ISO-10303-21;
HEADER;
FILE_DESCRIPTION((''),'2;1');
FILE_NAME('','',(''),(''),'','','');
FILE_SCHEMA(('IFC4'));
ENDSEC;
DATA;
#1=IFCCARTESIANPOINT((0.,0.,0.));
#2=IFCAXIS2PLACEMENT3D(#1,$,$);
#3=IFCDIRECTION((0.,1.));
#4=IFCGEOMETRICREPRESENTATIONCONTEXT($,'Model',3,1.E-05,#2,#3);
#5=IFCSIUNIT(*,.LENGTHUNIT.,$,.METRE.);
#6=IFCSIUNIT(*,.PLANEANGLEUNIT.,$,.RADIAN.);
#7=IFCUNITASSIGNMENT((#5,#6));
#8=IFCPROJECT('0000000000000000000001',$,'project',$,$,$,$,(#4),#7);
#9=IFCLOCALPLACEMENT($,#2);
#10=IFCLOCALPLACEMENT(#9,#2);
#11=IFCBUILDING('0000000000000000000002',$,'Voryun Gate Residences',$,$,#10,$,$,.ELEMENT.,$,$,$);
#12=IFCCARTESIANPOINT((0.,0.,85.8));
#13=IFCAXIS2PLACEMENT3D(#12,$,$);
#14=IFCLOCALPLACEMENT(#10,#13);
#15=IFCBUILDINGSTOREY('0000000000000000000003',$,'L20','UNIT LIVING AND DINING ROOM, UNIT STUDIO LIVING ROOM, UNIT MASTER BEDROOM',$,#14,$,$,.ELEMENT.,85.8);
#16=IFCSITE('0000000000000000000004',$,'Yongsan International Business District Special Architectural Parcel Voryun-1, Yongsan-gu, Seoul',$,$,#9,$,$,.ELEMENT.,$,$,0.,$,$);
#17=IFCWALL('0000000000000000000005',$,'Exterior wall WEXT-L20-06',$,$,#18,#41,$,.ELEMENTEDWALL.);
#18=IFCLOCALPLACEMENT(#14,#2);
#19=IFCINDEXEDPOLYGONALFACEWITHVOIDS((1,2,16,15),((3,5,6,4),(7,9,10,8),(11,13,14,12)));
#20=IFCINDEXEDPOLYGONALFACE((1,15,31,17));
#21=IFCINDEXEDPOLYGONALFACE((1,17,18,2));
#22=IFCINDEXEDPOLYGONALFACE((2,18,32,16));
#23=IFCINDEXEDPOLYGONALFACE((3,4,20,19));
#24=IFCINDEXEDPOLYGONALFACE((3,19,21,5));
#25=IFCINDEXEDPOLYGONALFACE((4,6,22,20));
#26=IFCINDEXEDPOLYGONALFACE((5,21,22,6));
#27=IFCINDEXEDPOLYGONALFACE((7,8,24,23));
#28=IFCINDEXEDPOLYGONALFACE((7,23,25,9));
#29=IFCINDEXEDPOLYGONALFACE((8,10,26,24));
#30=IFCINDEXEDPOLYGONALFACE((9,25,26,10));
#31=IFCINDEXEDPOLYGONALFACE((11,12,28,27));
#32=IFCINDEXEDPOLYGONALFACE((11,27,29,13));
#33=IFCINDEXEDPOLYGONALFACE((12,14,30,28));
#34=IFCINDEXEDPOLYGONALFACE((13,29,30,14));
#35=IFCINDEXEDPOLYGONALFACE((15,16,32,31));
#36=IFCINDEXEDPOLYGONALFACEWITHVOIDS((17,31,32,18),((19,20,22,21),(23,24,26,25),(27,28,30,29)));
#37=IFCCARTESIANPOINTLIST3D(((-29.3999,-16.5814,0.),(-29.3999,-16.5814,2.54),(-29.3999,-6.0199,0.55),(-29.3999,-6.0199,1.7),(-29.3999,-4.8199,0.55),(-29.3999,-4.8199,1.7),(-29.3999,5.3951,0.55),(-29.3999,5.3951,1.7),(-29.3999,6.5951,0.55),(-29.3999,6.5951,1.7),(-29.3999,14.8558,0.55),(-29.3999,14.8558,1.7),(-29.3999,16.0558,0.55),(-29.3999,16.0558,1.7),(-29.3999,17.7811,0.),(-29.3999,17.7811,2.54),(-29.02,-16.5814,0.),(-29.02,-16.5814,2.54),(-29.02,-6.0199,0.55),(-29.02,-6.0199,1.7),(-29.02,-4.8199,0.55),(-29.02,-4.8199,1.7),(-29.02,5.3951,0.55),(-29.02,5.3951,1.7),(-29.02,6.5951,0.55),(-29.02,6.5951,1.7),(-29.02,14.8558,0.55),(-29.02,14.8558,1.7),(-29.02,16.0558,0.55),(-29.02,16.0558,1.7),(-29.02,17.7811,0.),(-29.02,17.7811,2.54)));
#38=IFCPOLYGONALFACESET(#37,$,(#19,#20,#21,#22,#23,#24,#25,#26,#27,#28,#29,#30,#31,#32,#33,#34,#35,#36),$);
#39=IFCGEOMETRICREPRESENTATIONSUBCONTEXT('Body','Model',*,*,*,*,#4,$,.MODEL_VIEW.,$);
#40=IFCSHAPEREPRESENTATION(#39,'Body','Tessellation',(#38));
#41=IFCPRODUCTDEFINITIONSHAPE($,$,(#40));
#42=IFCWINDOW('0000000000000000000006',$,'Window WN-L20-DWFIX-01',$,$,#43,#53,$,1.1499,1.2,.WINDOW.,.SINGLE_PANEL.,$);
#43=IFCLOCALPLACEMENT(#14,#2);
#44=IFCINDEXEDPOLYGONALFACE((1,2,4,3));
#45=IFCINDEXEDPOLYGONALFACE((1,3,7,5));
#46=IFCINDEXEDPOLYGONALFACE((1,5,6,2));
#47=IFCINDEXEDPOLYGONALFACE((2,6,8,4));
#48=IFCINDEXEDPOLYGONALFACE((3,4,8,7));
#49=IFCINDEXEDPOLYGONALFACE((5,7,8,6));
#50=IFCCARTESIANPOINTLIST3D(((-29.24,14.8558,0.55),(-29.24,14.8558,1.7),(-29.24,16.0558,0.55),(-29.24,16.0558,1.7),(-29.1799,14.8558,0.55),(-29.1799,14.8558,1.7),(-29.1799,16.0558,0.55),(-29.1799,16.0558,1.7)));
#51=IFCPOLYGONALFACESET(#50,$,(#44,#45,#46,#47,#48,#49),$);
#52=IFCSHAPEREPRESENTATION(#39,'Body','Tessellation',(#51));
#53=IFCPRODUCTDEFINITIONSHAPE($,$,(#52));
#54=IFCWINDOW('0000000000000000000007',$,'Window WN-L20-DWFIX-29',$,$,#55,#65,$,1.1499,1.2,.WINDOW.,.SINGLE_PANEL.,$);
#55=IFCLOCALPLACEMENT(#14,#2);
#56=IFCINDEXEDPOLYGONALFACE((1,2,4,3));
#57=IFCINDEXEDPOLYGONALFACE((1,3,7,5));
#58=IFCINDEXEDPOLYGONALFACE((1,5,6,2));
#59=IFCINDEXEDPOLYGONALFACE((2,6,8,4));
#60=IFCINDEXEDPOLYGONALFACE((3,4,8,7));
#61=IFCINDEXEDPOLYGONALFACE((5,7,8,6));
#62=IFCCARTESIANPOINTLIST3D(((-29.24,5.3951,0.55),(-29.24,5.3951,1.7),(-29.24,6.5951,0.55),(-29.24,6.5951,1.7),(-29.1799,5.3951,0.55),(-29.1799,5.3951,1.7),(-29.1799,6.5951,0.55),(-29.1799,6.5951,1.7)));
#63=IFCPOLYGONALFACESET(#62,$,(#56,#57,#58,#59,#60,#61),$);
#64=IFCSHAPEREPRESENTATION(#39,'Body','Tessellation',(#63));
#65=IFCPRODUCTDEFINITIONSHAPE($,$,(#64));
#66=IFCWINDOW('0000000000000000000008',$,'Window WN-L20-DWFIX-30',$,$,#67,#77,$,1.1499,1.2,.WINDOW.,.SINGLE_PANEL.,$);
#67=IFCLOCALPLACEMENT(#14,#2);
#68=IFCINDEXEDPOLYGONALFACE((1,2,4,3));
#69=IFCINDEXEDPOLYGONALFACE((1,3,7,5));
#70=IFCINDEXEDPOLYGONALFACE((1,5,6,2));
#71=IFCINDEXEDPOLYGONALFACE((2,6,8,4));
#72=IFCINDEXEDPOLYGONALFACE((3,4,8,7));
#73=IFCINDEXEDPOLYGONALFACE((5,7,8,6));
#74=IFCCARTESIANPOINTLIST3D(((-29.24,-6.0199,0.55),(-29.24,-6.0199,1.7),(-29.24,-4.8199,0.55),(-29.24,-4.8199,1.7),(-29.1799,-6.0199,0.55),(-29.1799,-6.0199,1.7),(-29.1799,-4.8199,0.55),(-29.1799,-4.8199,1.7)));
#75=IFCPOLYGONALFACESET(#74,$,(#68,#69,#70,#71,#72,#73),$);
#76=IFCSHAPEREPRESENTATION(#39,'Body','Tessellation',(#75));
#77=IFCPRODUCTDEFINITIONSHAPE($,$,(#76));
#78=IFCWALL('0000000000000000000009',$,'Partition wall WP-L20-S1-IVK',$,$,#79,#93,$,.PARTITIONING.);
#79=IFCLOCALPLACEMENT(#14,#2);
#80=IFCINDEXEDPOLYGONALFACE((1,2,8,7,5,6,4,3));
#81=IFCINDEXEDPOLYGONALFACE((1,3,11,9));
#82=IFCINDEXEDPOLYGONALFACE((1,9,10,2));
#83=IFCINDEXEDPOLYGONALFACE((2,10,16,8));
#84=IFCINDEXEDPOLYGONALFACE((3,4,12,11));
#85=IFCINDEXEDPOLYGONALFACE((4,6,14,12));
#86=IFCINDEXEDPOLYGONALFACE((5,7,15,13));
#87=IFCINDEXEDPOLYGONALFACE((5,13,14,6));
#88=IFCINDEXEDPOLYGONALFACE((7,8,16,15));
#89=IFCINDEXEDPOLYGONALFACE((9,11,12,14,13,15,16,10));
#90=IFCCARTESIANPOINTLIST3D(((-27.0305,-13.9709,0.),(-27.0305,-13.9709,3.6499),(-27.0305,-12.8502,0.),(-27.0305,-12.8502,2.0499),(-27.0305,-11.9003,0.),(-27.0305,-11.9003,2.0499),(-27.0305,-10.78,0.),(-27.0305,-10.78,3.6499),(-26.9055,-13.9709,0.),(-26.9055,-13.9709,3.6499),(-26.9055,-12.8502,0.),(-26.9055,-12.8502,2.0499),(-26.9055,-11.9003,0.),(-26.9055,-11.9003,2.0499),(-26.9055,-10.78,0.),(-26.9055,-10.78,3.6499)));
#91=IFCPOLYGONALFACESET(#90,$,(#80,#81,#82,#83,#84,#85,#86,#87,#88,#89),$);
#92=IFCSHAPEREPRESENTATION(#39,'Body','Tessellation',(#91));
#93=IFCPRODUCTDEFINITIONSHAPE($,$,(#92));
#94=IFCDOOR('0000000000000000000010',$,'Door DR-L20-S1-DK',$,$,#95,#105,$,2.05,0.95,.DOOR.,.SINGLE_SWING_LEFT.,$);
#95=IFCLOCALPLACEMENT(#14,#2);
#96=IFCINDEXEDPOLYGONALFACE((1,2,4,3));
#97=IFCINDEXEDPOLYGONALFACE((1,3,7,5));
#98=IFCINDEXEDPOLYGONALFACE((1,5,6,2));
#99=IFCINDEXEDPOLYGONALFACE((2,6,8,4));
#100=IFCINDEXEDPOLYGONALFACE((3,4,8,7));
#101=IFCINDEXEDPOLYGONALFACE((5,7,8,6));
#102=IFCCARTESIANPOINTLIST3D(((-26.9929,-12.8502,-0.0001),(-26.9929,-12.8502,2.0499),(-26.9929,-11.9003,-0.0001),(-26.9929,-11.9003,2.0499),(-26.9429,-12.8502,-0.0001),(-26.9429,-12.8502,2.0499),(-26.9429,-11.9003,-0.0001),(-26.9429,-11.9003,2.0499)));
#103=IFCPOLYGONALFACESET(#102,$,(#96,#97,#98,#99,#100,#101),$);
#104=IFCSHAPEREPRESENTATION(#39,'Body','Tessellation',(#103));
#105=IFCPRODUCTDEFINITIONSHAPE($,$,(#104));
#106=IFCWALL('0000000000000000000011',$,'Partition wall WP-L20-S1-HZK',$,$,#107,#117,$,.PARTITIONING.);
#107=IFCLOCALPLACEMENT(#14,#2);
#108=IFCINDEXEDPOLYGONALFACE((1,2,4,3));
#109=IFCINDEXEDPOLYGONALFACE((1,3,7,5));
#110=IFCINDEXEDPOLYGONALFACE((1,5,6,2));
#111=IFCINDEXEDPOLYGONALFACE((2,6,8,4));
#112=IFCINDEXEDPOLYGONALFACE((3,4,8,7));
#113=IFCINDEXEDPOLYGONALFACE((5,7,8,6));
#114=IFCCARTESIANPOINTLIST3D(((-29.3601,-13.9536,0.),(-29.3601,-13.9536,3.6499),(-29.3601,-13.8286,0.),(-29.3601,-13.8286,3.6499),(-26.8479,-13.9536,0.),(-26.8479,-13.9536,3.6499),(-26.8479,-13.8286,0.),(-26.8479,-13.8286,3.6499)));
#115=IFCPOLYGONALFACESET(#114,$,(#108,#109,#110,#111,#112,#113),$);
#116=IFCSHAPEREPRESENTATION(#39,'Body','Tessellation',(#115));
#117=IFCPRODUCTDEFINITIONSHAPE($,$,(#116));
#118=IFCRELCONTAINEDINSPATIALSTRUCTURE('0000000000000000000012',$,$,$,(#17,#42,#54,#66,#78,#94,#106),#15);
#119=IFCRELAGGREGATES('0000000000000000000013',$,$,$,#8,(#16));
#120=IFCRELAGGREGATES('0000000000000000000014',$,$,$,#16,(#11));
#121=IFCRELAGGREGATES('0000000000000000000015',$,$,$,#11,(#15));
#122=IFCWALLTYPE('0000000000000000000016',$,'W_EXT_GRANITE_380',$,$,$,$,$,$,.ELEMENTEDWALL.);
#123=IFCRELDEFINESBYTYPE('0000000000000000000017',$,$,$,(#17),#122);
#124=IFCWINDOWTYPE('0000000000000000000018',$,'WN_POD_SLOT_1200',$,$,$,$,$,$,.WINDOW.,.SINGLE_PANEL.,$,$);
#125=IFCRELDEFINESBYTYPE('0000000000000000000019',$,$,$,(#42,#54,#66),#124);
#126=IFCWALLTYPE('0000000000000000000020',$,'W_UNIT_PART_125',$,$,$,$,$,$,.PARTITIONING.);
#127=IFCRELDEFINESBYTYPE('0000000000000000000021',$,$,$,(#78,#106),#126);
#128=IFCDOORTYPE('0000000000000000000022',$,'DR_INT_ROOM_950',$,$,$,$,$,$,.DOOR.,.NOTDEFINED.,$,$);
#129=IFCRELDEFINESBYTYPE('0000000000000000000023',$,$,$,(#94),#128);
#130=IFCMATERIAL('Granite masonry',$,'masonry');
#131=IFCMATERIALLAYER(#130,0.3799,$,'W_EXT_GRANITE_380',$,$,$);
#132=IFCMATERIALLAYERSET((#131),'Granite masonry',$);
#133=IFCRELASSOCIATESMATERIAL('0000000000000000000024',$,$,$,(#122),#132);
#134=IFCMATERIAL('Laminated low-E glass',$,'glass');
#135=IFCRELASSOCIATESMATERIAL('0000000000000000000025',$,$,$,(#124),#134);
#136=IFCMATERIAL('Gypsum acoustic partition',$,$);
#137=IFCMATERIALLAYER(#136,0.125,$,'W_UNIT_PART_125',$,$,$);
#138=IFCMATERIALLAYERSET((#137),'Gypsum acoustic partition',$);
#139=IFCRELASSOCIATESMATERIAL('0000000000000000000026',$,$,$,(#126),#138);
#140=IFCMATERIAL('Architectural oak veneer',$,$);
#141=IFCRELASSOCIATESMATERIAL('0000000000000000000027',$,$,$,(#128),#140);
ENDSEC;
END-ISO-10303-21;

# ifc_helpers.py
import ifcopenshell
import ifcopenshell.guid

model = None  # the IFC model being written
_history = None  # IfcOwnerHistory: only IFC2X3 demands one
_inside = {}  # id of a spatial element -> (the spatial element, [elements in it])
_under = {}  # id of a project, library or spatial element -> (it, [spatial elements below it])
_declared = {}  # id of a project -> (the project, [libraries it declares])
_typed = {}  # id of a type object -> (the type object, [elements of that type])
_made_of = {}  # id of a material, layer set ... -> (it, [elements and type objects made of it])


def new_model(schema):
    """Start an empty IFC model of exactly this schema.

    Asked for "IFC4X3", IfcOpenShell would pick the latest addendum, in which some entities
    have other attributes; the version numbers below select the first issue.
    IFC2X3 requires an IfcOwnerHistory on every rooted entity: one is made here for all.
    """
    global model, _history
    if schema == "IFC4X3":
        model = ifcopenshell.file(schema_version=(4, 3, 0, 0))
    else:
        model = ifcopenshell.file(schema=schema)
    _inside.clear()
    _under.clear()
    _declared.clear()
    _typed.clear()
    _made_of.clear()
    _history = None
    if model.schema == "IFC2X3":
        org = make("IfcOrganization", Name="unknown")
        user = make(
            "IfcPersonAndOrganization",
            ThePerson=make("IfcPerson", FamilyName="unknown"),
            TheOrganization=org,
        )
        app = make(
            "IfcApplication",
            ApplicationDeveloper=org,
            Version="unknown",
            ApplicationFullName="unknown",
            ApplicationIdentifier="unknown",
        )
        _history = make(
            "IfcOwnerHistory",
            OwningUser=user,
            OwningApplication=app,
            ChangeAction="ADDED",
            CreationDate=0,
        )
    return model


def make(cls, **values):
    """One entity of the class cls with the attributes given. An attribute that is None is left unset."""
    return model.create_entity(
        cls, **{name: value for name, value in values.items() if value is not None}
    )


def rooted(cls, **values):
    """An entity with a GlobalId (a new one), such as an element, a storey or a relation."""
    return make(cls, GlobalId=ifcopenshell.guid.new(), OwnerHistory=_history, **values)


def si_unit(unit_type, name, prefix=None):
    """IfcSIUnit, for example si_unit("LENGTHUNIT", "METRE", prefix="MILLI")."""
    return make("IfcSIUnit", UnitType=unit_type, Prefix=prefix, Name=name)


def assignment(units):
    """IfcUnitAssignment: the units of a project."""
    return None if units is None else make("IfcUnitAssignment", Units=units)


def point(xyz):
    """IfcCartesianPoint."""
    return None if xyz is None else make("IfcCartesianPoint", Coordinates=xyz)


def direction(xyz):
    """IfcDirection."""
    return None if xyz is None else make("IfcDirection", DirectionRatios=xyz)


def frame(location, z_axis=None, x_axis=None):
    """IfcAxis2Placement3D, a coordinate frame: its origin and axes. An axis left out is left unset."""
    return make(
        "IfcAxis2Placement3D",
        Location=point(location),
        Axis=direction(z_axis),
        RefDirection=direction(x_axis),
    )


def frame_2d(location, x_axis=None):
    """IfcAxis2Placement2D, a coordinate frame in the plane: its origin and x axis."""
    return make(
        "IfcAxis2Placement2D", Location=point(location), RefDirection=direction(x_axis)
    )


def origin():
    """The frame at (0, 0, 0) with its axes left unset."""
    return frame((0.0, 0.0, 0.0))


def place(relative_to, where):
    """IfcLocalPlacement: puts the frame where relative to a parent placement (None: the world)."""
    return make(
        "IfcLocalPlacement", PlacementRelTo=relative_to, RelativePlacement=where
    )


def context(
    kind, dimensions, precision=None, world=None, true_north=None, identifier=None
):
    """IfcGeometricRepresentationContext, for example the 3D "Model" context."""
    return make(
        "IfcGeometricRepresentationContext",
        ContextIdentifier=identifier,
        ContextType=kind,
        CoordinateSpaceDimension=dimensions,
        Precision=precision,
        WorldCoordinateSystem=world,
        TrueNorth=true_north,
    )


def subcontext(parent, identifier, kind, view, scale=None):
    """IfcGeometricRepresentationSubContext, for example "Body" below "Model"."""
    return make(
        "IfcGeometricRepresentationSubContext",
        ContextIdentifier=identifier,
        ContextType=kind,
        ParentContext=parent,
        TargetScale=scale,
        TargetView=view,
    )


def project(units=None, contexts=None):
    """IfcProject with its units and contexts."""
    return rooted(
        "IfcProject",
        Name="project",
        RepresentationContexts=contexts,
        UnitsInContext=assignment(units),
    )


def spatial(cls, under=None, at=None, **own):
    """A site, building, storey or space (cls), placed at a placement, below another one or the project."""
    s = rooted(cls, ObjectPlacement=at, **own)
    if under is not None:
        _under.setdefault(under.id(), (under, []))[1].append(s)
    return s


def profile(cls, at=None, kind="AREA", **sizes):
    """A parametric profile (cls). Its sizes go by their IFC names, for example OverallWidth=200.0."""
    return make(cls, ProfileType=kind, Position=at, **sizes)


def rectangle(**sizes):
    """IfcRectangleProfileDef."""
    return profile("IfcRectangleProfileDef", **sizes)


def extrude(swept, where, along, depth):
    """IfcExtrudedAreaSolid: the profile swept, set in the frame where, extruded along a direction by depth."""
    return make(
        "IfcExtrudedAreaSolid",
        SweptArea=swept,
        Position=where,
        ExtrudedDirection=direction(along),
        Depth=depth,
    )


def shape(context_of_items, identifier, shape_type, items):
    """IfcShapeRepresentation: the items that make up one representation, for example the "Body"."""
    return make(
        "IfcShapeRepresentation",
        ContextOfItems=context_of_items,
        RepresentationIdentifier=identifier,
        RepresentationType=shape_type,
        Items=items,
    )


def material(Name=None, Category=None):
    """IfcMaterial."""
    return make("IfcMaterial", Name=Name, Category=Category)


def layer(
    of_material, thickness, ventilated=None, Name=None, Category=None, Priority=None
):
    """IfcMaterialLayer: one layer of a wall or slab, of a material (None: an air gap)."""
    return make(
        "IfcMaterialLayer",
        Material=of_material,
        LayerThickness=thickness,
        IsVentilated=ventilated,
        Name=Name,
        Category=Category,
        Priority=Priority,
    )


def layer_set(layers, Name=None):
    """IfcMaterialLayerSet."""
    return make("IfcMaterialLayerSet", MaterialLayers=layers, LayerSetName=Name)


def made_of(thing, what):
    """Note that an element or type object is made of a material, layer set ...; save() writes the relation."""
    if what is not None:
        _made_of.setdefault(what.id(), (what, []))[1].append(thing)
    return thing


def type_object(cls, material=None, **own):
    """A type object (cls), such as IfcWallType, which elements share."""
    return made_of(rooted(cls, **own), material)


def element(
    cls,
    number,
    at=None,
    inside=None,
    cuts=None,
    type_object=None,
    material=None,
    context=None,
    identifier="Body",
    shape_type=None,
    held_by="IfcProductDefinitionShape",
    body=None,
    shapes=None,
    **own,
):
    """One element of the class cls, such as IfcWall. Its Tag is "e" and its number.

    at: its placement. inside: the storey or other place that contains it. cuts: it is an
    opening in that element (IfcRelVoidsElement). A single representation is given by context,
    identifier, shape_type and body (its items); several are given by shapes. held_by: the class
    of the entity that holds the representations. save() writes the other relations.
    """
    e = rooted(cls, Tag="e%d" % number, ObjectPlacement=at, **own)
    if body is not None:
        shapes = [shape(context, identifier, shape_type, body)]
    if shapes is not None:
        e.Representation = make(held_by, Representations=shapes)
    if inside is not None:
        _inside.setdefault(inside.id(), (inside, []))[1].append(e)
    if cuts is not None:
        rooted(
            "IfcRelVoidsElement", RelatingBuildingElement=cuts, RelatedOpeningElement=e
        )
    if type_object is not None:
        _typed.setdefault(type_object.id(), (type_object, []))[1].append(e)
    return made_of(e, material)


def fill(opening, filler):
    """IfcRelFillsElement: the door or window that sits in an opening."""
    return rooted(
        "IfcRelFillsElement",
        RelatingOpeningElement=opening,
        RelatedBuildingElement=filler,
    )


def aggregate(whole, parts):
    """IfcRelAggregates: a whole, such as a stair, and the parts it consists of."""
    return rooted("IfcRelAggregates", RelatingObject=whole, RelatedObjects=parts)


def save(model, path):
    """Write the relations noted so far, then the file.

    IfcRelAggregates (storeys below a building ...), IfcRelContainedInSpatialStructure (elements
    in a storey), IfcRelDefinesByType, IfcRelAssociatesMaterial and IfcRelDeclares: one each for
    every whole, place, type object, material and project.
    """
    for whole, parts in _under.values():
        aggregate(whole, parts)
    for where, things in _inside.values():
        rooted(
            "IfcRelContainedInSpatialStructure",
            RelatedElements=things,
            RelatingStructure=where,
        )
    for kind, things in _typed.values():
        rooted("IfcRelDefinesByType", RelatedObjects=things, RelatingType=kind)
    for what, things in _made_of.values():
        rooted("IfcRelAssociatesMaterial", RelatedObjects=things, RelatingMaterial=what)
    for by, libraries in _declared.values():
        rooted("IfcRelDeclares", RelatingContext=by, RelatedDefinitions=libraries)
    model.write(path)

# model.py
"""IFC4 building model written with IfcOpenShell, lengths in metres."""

from ifc_helpers import new_model, si_unit, direction, frame, frame_2d, origin, place, context, subcontext, project, spatial, rectangle, extrude, material, layer, layer_set, type_object, element, fill, save


model = new_model("IFC4")

# Units and contexts
model_context = context("Model", 3, precision=1e-05, world=origin(), true_north=direction((0.0, 1.0)))
body_context = subcontext(model_context, "Body", "Model", "MODEL_VIEW")
ifc_project = project(units=[si_unit("LENGTHUNIT", "METRE"), si_unit("PLANEANGLEUNIT", "RADIAN")], contexts=[model_context])

# Site, building, storey
site_placement = place(None, origin())
site = spatial("IfcSite", under=ifc_project, at=site_placement, Name="Yongsan International Business District Special Architectural Parcel Voryun-1, Yongsan-gu, Seoul", CompositionType="ELEMENT", RefElevation=0.0)
building_placement = place(site_placement, origin())
building = spatial("IfcBuilding", under=site, at=building_placement, Name="Voryun Gate Residences", CompositionType="ELEMENT")
storey_placement = place(building_placement, frame((0.0, 0.0, 85.8)))
storey = spatial("IfcBuildingStorey", under=building, at=storey_placement, Name="L20", Description="UNIT LIVING AND DINING ROOM, UNIT STUDIO LIVING ROOM, UNIT MASTER BEDROOM", CompositionType="ELEMENT", Elevation=85.8)

# Shared definitions
ifc_material_1 = material(Name="Granite masonry", Category="masonry")
ifc_layer_1 = layer(ifc_material_1, 0.3799, Name="W_EXT_GRANITE_380")
ifc_layer_set_1 = layer_set([ifc_layer_1], Name="Granite masonry")
wall_type_1 = type_object("IfcWallType", Name="W_EXT_GRANITE_380", PredefinedType="ELEMENTEDWALL", material=ifc_layer_set_1)

# Wall, openings, windows
wall_1_placement = place(storey_placement, frame((-29.21, -16.5813, 0.0), z_axis=(0.0, 0.0, 1.0), x_axis=(0.0, 1.0, 0.0)))
wall_1 = element("IfcWall", 1, at=wall_1_placement, inside=storey, type_object=wall_type_1, Name="Exterior wall WEXT-L20-06", PredefinedType="ELEMENTEDWALL", context=body_context, shape_type="SweptSolid", body=[
    extrude(rectangle(XDim=34.3625, YDim=0.3799, at=frame_2d((17.1812, 0.0))), origin(), (0.0, 0.0, 1.0), 2.54),
])
opening_1_placement = place(wall_1_placement, frame((31.437, 0.0, 0.55)))
opening_1 = element("IfcOpeningElement", 2, at=opening_1_placement, cuts=wall_1, PredefinedType="OPENING", context=body_context, shape_type="SweptSolid", body=[
    extrude(rectangle(XDim=1.2, YDim=1.1499, at=frame_2d((0.6001, 0.575))), frame((0.0, 0.2, 0.0), z_axis=(0.0, -1.0, 0.0), x_axis=(1.0, 0.0, 0.0)), (0.0, 0.0, 1.0), 0.3999),
])
opening_2_placement = place(wall_1_placement, frame((21.9763, 0.0, 0.55)))
opening_2 = element("IfcOpeningElement", 3, at=opening_2_placement, cuts=wall_1, PredefinedType="OPENING", context=body_context, shape_type="SweptSolid", body=[
    extrude(rectangle(XDim=1.2, YDim=1.1499, at=frame_2d((0.6001, 0.575))), frame((0.0, 0.2, 0.0), z_axis=(0.0, -1.0, 0.0), x_axis=(1.0, 0.0, 0.0)), (0.0, 0.0, 1.0), 0.3999),
])
opening_3_placement = place(wall_1_placement, frame((10.5613, 0.0, 0.55)))
opening_3 = element("IfcOpeningElement", 4, at=opening_3_placement, cuts=wall_1, PredefinedType="OPENING", context=body_context, shape_type="SweptSolid", body=[
    extrude(rectangle(XDim=1.2, YDim=1.1499, at=frame_2d((0.6001, 0.575))), frame((0.0, 0.2, 0.0), z_axis=(0.0, -1.0, 0.0), x_axis=(1.0, 0.0, 0.0)), (0.0, 0.0, 1.0), 0.3999),
])
ifc_material_2 = material(Name="Laminated low-E glass", Category="glass")
window_type = type_object("IfcWindowType", Name="WN_POD_SLOT_1200", PartitioningType="SINGLE_PANEL", PredefinedType="WINDOW", material=ifc_material_2)
window_1_placement = place(opening_1_placement, origin())
window_1 = element("IfcWindow", 5, at=window_1_placement, inside=storey, type_object=window_type, Name="Window WN-L20-DWFIX-01", OverallHeight=1.1499, OverallWidth=1.2, PartitioningType="SINGLE_PANEL", PredefinedType="WINDOW", context=body_context, shape_type="SweptSolid", body=[
    extrude(rectangle(XDim=1.2, YDim=1.1499, at=frame_2d((0.6001, 0.575))), frame((0.0, 0.03, 0.0), z_axis=(0.0, -1.0, 0.0), x_axis=(1.0, 0.0, 0.0)), (0.0, 0.0, 1.0), 0.0601),
])
fill(opening_1, window_1)
window_2_placement = place(opening_2_placement, origin())
window_2 = element("IfcWindow", 6, at=window_2_placement, inside=storey, type_object=window_type, Name="Window WN-L20-DWFIX-29", OverallHeight=1.1499, OverallWidth=1.2, PartitioningType="SINGLE_PANEL", PredefinedType="WINDOW", context=body_context, shape_type="SweptSolid", body=[
    extrude(rectangle(XDim=1.2, YDim=1.1499, at=frame_2d((0.6001, 0.575))), frame((0.0, 0.03, 0.0), z_axis=(0.0, -1.0, 0.0), x_axis=(1.0, 0.0, 0.0)), (0.0, 0.0, 1.0), 0.0601),
])
fill(opening_2, window_2)
window_3_placement = place(opening_3_placement, origin())
window_3 = element("IfcWindow", 7, at=window_3_placement, inside=storey, type_object=window_type, Name="Window WN-L20-DWFIX-30", OverallHeight=1.1499, OverallWidth=1.2, PartitioningType="SINGLE_PANEL", PredefinedType="WINDOW", context=body_context, shape_type="SweptSolid", body=[
    extrude(rectangle(XDim=1.2, YDim=1.1499, at=frame_2d((0.6001, 0.575))), frame((0.0, 0.03, 0.0), z_axis=(0.0, -1.0, 0.0), x_axis=(1.0, 0.0, 0.0)), (0.0, 0.0, 1.0), 0.0601),
])
fill(opening_3, window_3)

# Wall, opening, door
ifc_material_3 = material(Name="Gypsum acoustic partition")
ifc_layer_2 = layer(ifc_material_3, 0.125, Name="W_UNIT_PART_125")
ifc_layer_set_2 = layer_set([ifc_layer_2], Name="Gypsum acoustic partition")
wall_type_2 = type_object("IfcWallType", Name="W_UNIT_PART_125", PredefinedType="PARTITIONING", material=ifc_layer_set_2)
wall_2_placement = place(storey_placement, frame((-26.968, -13.9709, 0.0), z_axis=(0.0, 0.0, 1.0), x_axis=(0.0, 1.0, 0.0)))
wall_2 = element("IfcWall", 8, at=wall_2_placement, inside=storey, type_object=wall_type_2, Name="Partition wall WP-L20-S1-IVK", PredefinedType="PARTITIONING", context=body_context, shape_type="SweptSolid", body=[
    extrude(rectangle(XDim=3.1909, YDim=0.125, at=frame_2d((1.5955, 0.0))), origin(), (0.0, 0.0, 1.0), 3.6499),
])
opening_4_placement = place(wall_2_placement, frame((1.1206, 0.0, 0.0)))
opening_4 = element("IfcOpeningElement", 9, at=opening_4_placement, cuts=wall_2, PredefinedType="OPENING", context=body_context, shape_type="SweptSolid", body=[
    extrude(rectangle(XDim=0.95, YDim=2.05, at=frame_2d((0.4751, 1.0249))), frame((0.0, 0.0725, 0.0), z_axis=(0.0, -1.0, 0.0), x_axis=(1.0, 0.0, 0.0)), (0.0, 0.0, 1.0), 0.145),
])
ifc_material_4 = material(Name="Architectural oak veneer")
door_type = type_object("IfcDoorType", Name="DR_INT_ROOM_950", OperationType="NOTDEFINED", PredefinedType="DOOR", material=ifc_material_4)
door_placement = place(opening_4_placement, origin())
door = element("IfcDoor", 10, at=door_placement, inside=storey, type_object=door_type, Name="Door DR-L20-S1-DK", OperationType="SINGLE_SWING_LEFT", OverallHeight=2.05, OverallWidth=0.95, PredefinedType="DOOR", context=body_context, shape_type="SweptSolid", body=[
    extrude(rectangle(XDim=0.95, YDim=2.05, at=frame_2d((0.4751, 1.0249))), frame((0.0, 0.0249, 0.0), z_axis=(0.0, -1.0, 0.0), x_axis=(1.0, 0.0, 0.0)), (0.0, 0.0, 1.0), 0.05),
])
fill(opening_4, door)

# Wall
wall_3_placement = place(storey_placement, frame((-29.3601, -13.8911, 0.0), z_axis=(0.0, 0.0, 1.0), x_axis=(1.0, 0.0, 0.0)))
element("IfcWall", 11, at=wall_3_placement, inside=storey, type_object=wall_type_2, Name="Partition wall WP-L20-S1-HZK", PredefinedType="PARTITIONING", context=body_context, shape_type="SweptSolid", body=[
    extrude(rectangle(XDim=2.5122, YDim=0.125, at=frame_2d((1.2561, 0.0))), origin(), (0.0, 0.0, 1.0), 3.6499),
])

save(model, "model.ifc")
